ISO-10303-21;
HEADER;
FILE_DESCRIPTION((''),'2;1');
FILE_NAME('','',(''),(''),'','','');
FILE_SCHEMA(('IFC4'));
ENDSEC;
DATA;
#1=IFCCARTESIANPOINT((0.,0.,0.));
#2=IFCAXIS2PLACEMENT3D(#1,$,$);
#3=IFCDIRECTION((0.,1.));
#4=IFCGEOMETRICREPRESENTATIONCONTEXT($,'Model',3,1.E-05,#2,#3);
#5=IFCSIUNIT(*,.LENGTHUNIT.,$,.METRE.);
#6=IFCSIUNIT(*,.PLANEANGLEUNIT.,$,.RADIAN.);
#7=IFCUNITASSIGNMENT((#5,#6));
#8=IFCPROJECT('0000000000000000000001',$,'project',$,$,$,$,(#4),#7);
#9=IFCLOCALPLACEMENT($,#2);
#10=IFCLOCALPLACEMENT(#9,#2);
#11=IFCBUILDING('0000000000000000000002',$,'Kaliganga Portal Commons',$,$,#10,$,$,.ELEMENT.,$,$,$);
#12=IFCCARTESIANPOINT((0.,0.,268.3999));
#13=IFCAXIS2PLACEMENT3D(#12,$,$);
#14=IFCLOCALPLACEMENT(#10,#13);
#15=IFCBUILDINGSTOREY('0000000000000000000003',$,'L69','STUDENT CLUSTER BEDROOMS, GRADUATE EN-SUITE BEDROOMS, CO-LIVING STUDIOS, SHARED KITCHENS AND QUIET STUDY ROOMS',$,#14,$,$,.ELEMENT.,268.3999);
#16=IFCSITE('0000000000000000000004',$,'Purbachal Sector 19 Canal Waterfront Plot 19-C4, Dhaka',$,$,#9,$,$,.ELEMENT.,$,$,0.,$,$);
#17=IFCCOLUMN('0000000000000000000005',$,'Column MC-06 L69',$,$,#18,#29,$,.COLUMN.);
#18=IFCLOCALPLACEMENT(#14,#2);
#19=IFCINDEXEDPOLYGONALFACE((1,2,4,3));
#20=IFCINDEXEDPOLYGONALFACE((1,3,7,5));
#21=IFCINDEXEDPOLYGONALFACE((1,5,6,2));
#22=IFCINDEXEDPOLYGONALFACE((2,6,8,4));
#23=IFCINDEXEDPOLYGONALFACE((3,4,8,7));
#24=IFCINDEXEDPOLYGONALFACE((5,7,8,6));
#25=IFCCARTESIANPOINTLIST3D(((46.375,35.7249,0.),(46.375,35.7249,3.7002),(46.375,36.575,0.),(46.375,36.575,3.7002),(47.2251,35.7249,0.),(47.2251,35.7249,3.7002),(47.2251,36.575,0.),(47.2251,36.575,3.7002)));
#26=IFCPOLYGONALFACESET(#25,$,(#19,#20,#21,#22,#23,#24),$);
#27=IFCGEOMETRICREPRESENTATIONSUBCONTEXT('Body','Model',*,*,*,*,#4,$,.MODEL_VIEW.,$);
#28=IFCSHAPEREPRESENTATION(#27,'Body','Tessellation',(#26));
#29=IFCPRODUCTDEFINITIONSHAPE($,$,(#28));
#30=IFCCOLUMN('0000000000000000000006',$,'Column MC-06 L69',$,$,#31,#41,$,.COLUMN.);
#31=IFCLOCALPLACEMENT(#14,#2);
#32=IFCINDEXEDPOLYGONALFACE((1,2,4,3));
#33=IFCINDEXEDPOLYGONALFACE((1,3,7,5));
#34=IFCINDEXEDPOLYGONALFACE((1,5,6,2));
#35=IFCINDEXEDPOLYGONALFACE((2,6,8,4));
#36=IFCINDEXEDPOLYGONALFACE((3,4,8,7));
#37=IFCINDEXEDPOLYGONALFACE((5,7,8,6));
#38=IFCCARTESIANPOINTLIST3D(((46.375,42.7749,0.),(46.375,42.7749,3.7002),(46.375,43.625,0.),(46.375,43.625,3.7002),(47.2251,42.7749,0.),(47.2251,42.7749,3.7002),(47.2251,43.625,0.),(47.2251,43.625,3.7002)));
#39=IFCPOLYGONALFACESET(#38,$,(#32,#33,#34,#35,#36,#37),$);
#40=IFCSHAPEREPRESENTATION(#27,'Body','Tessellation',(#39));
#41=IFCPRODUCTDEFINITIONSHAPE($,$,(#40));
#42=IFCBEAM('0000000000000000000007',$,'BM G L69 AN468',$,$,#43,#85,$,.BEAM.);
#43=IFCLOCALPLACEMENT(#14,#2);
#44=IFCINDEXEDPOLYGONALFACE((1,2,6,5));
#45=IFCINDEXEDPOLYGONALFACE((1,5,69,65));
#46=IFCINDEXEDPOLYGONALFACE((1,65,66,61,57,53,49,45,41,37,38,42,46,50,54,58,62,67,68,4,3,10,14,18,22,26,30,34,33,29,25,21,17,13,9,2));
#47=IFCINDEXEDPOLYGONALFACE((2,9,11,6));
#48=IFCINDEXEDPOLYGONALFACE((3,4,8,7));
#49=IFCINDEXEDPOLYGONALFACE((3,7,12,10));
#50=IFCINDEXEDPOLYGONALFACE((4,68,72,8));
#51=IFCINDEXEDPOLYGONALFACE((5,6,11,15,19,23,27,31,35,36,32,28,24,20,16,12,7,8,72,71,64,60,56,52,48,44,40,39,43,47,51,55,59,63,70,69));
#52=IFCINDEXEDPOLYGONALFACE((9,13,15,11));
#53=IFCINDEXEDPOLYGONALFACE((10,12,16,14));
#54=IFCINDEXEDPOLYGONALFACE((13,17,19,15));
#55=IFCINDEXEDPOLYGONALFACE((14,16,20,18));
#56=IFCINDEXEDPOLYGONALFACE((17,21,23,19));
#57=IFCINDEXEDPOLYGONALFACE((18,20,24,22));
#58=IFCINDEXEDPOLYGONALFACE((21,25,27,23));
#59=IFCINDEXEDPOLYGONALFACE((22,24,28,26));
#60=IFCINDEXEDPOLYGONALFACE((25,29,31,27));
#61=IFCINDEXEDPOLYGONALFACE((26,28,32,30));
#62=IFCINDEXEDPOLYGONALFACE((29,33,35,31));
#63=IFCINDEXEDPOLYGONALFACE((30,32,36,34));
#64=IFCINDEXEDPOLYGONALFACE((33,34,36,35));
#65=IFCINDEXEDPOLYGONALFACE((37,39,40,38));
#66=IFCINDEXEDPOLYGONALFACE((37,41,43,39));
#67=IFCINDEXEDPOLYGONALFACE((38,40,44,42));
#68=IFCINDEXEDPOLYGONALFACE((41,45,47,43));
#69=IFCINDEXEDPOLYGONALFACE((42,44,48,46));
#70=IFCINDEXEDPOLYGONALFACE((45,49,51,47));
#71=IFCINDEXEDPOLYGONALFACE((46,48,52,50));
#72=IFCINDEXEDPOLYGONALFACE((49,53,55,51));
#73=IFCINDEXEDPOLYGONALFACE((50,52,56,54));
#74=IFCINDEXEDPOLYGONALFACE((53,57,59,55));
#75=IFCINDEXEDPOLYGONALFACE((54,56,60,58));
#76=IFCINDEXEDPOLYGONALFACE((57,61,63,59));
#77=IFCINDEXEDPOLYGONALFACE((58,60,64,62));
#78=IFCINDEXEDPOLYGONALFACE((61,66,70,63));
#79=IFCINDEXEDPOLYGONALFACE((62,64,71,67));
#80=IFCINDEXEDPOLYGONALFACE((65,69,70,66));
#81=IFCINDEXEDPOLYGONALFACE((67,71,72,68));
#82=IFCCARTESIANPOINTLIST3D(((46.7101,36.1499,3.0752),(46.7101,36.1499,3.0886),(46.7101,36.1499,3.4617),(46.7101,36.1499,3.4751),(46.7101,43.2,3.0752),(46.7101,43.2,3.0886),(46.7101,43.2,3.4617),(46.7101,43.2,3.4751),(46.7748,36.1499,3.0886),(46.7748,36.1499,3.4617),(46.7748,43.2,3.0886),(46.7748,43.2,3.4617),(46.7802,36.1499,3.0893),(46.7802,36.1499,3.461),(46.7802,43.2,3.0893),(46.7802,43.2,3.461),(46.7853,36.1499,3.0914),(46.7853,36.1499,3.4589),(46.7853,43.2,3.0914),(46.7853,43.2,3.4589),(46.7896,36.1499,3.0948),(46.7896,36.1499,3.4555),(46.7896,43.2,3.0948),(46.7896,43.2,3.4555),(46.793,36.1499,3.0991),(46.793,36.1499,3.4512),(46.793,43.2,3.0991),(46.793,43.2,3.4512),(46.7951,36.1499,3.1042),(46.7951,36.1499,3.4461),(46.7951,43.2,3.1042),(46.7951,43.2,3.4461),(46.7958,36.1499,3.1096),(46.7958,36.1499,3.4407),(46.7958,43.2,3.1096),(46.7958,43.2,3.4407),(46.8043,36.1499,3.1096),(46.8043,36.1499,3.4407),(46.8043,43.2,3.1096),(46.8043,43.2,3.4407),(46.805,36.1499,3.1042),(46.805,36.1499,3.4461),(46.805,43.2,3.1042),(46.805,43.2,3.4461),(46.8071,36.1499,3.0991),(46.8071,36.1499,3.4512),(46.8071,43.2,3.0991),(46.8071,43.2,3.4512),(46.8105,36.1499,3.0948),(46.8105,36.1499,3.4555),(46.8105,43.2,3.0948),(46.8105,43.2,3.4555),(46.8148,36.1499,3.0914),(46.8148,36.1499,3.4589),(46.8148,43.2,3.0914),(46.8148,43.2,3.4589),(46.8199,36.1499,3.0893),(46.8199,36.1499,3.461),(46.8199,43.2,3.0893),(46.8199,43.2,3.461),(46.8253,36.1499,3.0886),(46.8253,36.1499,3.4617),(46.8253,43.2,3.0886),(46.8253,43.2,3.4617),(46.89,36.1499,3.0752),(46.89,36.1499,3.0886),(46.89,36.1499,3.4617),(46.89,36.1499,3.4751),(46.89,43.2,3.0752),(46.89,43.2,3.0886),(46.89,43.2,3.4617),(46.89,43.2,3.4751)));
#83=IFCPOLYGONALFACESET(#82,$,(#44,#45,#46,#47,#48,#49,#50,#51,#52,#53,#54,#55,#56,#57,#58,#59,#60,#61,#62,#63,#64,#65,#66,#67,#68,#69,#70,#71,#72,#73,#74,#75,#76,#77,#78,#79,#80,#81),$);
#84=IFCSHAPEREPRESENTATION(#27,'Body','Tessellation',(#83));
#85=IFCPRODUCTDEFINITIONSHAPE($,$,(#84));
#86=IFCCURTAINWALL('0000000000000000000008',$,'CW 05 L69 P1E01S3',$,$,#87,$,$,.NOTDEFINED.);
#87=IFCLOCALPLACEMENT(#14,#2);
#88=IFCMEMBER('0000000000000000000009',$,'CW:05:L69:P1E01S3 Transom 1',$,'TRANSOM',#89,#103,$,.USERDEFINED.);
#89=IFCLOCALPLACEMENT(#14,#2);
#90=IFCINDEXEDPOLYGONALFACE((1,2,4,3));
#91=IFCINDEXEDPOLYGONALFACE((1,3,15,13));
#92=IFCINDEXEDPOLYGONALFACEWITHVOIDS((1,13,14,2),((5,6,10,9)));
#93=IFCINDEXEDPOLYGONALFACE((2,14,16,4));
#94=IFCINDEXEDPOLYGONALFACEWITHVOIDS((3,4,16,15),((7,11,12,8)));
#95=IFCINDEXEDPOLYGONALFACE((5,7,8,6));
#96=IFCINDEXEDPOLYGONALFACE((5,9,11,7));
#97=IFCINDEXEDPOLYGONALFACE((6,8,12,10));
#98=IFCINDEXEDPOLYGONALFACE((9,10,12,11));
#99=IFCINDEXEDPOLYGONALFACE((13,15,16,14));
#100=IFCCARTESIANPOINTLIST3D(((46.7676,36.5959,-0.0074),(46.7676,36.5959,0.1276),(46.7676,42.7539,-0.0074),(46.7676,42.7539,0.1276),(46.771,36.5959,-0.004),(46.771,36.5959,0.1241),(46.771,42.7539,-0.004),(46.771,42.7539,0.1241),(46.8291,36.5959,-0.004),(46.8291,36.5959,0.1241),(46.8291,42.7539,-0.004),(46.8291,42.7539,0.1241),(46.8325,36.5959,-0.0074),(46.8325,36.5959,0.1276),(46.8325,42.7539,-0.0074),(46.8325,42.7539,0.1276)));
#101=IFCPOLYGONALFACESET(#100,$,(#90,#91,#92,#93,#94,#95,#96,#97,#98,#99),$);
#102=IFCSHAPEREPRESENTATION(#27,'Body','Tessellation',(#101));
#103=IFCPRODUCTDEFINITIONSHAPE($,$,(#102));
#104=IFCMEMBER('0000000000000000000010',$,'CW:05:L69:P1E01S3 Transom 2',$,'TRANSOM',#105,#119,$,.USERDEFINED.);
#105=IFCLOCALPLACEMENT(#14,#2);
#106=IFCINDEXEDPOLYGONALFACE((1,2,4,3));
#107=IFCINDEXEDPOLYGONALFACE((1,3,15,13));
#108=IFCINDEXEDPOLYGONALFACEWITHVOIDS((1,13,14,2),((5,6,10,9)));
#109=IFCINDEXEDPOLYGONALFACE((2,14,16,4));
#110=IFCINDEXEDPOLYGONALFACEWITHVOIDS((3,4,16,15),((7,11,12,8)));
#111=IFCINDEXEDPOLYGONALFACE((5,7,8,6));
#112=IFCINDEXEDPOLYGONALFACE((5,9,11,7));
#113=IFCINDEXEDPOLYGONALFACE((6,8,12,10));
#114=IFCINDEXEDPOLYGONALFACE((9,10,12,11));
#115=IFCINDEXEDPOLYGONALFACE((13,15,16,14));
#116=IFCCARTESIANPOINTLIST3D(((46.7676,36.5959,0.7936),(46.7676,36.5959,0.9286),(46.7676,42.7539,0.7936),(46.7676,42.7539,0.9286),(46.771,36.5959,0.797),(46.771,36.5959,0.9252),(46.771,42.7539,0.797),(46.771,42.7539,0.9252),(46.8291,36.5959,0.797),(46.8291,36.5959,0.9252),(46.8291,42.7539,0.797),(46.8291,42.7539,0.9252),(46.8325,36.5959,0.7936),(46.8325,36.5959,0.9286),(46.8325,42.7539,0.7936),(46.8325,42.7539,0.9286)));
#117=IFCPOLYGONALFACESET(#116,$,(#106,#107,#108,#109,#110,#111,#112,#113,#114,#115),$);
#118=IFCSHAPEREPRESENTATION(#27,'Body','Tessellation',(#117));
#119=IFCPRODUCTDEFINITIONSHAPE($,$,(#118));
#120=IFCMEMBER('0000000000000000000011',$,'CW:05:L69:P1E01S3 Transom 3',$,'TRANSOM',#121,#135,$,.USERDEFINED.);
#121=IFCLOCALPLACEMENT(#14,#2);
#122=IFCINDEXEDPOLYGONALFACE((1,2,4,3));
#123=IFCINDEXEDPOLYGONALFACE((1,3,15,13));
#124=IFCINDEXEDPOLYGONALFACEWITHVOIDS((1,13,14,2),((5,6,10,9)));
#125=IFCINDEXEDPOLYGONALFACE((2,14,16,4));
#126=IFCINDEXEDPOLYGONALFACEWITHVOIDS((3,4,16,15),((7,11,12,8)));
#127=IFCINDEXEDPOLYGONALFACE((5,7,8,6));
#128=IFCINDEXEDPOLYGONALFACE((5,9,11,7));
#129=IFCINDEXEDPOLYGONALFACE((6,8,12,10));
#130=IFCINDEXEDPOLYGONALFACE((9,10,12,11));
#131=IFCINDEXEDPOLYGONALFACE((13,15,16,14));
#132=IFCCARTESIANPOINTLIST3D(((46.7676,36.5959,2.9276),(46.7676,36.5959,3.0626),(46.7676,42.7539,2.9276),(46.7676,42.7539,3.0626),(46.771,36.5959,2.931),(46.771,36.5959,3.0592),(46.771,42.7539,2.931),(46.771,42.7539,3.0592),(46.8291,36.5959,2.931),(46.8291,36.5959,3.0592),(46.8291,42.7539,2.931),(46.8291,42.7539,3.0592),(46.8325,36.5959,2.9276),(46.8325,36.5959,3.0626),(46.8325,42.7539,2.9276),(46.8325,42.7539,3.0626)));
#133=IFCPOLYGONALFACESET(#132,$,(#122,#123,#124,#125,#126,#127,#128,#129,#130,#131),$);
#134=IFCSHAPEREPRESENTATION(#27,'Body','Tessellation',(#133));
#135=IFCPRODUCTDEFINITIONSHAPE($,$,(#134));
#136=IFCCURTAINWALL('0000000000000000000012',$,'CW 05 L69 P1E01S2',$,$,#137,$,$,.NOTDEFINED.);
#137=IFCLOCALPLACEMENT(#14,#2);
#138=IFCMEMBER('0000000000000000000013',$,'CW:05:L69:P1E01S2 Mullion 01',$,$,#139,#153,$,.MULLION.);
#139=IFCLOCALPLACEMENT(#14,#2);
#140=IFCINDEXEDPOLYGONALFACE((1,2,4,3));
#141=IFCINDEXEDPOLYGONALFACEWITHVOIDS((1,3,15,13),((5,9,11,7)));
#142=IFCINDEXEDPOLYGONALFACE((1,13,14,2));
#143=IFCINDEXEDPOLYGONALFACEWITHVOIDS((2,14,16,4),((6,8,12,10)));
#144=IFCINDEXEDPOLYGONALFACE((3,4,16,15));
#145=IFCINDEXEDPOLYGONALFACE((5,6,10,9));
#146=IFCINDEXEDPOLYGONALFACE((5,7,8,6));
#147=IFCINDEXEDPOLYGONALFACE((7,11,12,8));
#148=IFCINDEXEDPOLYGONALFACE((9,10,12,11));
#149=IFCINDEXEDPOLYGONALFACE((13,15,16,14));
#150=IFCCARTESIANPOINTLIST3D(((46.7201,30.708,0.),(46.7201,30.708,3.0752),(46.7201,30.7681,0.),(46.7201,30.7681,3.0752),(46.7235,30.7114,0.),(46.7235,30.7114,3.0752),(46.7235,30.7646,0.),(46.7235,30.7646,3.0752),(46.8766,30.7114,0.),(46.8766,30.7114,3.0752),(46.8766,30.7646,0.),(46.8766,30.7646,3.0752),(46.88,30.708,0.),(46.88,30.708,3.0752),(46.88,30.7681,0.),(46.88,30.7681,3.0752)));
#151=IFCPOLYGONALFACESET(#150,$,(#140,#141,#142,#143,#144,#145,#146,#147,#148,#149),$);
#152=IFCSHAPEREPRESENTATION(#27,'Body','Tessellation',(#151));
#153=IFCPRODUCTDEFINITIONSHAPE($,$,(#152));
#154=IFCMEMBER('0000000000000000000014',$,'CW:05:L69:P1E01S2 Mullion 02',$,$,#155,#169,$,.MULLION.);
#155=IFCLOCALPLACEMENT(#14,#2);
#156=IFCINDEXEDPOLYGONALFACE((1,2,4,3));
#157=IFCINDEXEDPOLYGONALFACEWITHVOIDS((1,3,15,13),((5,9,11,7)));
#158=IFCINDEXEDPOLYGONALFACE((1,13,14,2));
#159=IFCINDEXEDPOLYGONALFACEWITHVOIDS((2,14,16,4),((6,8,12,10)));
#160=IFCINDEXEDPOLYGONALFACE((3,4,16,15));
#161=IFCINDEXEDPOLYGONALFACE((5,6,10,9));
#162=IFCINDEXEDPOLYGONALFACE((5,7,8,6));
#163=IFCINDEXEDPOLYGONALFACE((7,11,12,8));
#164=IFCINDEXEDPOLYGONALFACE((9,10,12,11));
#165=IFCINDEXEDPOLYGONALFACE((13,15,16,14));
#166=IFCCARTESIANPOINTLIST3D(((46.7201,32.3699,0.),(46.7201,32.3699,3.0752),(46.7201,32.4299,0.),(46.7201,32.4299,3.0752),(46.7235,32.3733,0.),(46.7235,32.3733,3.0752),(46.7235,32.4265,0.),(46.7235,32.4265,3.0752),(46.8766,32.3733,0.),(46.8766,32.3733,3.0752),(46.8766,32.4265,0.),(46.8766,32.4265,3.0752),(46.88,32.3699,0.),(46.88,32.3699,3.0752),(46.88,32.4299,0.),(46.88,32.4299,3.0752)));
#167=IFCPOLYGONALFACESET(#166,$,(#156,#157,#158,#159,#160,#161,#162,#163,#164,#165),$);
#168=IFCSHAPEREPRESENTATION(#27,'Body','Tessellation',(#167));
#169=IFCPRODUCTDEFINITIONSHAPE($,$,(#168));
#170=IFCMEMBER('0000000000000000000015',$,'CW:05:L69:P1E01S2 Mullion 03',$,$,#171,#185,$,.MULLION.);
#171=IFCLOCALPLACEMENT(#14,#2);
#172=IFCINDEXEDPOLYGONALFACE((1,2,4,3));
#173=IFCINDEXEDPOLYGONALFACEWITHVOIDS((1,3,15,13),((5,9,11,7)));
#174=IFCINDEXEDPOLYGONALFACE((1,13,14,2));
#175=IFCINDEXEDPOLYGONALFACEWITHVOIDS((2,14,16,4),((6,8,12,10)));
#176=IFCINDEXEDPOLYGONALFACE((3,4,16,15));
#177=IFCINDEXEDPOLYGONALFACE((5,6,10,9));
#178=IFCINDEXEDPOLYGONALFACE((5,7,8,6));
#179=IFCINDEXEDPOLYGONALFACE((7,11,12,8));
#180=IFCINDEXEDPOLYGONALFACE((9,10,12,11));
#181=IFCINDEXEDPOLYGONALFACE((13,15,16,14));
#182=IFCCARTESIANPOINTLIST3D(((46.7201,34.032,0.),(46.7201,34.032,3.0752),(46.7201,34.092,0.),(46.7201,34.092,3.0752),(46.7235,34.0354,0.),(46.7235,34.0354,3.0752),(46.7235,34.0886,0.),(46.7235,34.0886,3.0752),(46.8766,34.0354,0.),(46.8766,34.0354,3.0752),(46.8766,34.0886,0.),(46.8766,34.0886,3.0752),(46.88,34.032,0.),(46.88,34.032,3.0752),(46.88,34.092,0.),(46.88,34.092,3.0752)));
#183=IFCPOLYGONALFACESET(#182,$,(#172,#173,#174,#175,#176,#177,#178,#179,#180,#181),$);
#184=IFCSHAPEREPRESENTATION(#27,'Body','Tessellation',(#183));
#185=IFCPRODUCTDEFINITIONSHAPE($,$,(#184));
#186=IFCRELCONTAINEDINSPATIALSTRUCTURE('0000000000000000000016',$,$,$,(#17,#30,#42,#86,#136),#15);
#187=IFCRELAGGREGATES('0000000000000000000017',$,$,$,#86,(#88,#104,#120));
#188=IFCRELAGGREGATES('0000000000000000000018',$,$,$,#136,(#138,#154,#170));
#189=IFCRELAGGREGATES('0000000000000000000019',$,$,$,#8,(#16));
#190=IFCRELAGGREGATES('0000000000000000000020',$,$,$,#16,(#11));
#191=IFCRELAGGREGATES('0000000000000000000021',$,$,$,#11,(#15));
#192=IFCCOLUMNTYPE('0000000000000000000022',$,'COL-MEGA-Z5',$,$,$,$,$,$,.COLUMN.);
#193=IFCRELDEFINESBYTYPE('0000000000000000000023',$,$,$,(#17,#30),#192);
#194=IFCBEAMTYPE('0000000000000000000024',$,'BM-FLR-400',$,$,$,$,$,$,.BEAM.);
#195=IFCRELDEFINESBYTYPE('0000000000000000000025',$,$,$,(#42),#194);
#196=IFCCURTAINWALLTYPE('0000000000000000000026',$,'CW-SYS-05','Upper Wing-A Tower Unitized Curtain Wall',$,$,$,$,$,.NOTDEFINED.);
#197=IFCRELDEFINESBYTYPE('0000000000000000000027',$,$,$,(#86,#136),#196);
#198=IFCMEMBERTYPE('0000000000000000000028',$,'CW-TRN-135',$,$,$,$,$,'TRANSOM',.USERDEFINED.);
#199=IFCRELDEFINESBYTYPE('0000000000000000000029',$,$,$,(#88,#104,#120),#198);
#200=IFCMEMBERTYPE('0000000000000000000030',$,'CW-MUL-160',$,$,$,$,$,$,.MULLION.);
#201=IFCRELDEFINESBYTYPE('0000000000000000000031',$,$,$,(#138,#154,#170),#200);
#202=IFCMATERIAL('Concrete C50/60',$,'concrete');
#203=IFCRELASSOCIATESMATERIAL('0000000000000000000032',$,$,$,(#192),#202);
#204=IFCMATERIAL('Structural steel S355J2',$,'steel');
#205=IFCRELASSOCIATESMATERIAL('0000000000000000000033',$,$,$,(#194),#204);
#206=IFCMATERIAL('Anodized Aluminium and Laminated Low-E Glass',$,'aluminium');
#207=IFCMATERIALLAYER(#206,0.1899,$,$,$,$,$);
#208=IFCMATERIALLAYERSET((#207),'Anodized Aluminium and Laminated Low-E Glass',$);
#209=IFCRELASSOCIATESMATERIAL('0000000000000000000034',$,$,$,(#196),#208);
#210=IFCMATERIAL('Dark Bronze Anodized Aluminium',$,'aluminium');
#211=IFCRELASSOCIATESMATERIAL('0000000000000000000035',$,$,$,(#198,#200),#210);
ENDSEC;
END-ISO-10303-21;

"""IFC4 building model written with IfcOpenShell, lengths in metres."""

from ifc_helpers import new_model, si_unit, direction, frame, origin, origin_2d, place, context, subcontext, project, spatial, rectangle, hollow_rectangle, i_section, extrude, source, transform, mapped, material, layer, layer_set, material_profile, profile_set, type_object, element, aggregate, save


model = new_model("IFC4")

# Units and contexts
model_context = context("Model", 3, precision=1e-05, world=origin(), true_north=direction((0.0, 1.0)))
body_context = subcontext(model_context, "Body", "Model", "MODEL_VIEW")
ifc_project = project(units=[si_unit("LENGTHUNIT", "METRE"), si_unit("PLANEANGLEUNIT", "RADIAN")], contexts=[model_context])

# Site, building, storey
site_placement = place(None, origin())
site = spatial("IfcSite", under=ifc_project, at=site_placement, Name="Purbachal Sector 19 Canal Waterfront Plot 19-C4, Dhaka", CompositionType="ELEMENT", RefElevation=0.0)
building_placement = place(site_placement, origin())
building = spatial("IfcBuilding", under=site, at=building_placement, Name="Kaliganga Portal Commons", CompositionType="ELEMENT")
storey_placement = place(building_placement, frame((0.0, 0.0, 268.3999)))
storey = spatial("IfcBuildingStorey", under=building, at=storey_placement, Name="L69", Description="STUDENT CLUSTER BEDROOMS, GRADUATE EN-SUITE BEDROOMS, CO-LIVING STUDIOS, SHARED KITCHENS AND QUIET STUDY ROOMS", CompositionType="ELEMENT", Elevation=268.3999)

# Columns
ifc_material_1 = material(Name="Concrete C50/60", Category="concrete")
ifc_material_profile_1 = material_profile(ifc_material_1, rectangle(XDim=0.8501, YDim=0.8501, at=origin_2d()), Name="RC 850x850")
ifc_profile_set_1 = profile_set([ifc_material_profile_1], Name="Concrete C50/60")
column_type = type_object("IfcColumnType", Name="COL-MEGA-Z5", PredefinedType="COLUMN", material=ifc_profile_set_1)
shared_shape_1 = source(origin(), body_context, "Body", "SweptSolid", [
    extrude(rectangle(XDim=0.8501, YDim=0.8501, at=origin_2d()), origin(), (0.0, 0.0, 1.0), 3.7002),
])
for number, where, z_axis, x_axis, name in (
    (1, (46.8, 36.1499, 0.0), (0.0, 0.0, 1.0), (1.0, 0.0, 0.0), "Column MC-06 L69"),
    (2, (46.8, 43.2, 0.0), (0.0, 0.0, 1.0), (1.0, 0.0, 0.0), "Column MC-06 L69"),
):
    element("IfcColumn", number, at=place(storey_placement, frame(where, z_axis=z_axis, x_axis=x_axis)), inside=storey, type_object=column_type, Name=name, PredefinedType="COLUMN", context=body_context, shape_type="MappedRepresentation", body=[
        mapped(shared_shape_1, transform((0.0, 0.0, 0.0), x_axis=(1.0, 0.0, 0.0), y_axis=(0.0, 1.0, 0.0), z_axis=(0.0, 0.0, 1.0), scale=1.0)),
    ])

# Beam
ifc_material_2 = material(Name="Structural steel S355J2", Category="steel")
ifc_material_profile_2 = material_profile(ifc_material_2, i_section(OverallWidth=0.1799, OverallDepth=0.3999, WebThickness=0.0085, FlangeThickness=0.0134, FilletRadius=0.021, at=origin_2d()), Name="IPE 400")
ifc_profile_set_2 = profile_set([ifc_material_profile_2], Name="Structural steel S355J2 wide-flange")
beam_type = type_object("IfcBeamType", Name="BM-FLR-400", PredefinedType="BEAM", material=ifc_profile_set_2)
shared_shape_2 = source(origin(), body_context, "Body", "SweptSolid", [
    extrude(i_section(OverallWidth=0.1799, OverallDepth=0.3999, WebThickness=0.0085, FlangeThickness=0.0134, FilletRadius=0.021, at=origin_2d()), origin(), (0.0, 0.0, 1.0), 7.05),
])
beam_placement = place(storey_placement, frame((46.8, 36.1499, 3.2751), z_axis=(0.0, 1.0, 0.0), x_axis=(-1.0, 0.0, 0.0)))
element("IfcBeam", 3, at=beam_placement, inside=storey, type_object=beam_type, Name="BM G L69 AN468", PredefinedType="BEAM", context=body_context, shape_type="MappedRepresentation", body=[
    mapped(shared_shape_2, transform((0.0, 0.0, 0.0), x_axis=(1.0, 0.0, 0.0), y_axis=(0.0, 1.0, 0.0), z_axis=(0.0, 0.0, 1.0), scale=1.0)),
])

# Curtain walls, members
ifc_material_3 = material(Name="Anodized Aluminium and Laminated Low-E Glass", Category="aluminium")
ifc_layer_1 = layer(ifc_material_3, 0.1899)
ifc_layer_set_1 = layer_set([ifc_layer_1], Name="Anodized Aluminium and Laminated Low-E Glass")
curtain_wall_type = type_object("IfcCurtainWallType", Name="CW-SYS-05", Description="Upper Wing-A Tower Unitized Curtain Wall", PredefinedType="NOTDEFINED", material=ifc_layer_set_1)
curtain_wall_1_placement = place(storey_placement, origin())
curtain_wall_1 = element("IfcCurtainWall", 4, at=curtain_wall_1_placement, inside=storey, type_object=curtain_wall_type, Name="CW 05 L69 P1E01S3", PredefinedType="NOTDEFINED")
ifc_material_4 = material(Name="Dark Bronze Anodized Aluminium", Category="aluminium")
ifc_material_profile_3 = material_profile(ifc_material_4, hollow_rectangle(XDim=0.0649, YDim=0.135, WallThickness=0.0034, at=origin_2d()), Name="ALU TRAN 65x135x3.5")
ifc_profile_set_3 = profile_set([ifc_material_profile_3], Name="Dark Bronze Anodized Aluminium")
member_type_1 = type_object("IfcMemberType", Name="CW-TRN-135", ElementType="TRANSOM", PredefinedType="USERDEFINED", material=ifc_profile_set_3)
shared_shape_3 = source(origin(), body_context, "Body", "SweptSolid", [
    extrude(hollow_rectangle(XDim=0.0649, YDim=0.135, WallThickness=0.0034, at=origin_2d()), origin(), (0.0, 0.0, 1.0), 6.158),
])
member_1_placement = place(storey_placement, frame((46.8, 36.5959, 0.0601), z_axis=(0.0, 1.0, 0.0), x_axis=(-1.0, 0.0, 0.0)))
member_1 = element("IfcMember", 5, at=member_1_placement, type_object=member_type_1, Name="CW:05:L69:P1E01S3 Transom 1", ObjectType="TRANSOM", PredefinedType="USERDEFINED", context=body_context, shape_type="MappedRepresentation", body=[
    mapped(shared_shape_3, transform((0.0, 0.0, 0.0), x_axis=(1.0, 0.0, 0.0), y_axis=(0.0, 1.0, 0.0), z_axis=(0.0, 0.0, 1.0), scale=1.0)),
])
member_2_placement = place(storey_placement, frame((46.8, 36.5959, 0.8611), z_axis=(0.0, 1.0, 0.0), x_axis=(-1.0, 0.0, 0.0)))
member_2 = element("IfcMember", 6, at=member_2_placement, type_object=member_type_1, Name="CW:05:L69:P1E01S3 Transom 2", ObjectType="TRANSOM", PredefinedType="USERDEFINED", context=body_context, shape_type="MappedRepresentation", body=[
    mapped(shared_shape_3, transform((0.0, 0.0, 0.0), x_axis=(1.0, 0.0, 0.0), y_axis=(0.0, 1.0, 0.0), z_axis=(0.0, 0.0, 1.0), scale=1.0)),
])
member_3_placement = place(storey_placement, frame((46.8, 36.5959, 2.9951), z_axis=(0.0, 1.0, 0.0), x_axis=(-1.0, 0.0, 0.0)))
member_3 = element("IfcMember", 7, at=member_3_placement, type_object=member_type_1, Name="CW:05:L69:P1E01S3 Transom 3", ObjectType="TRANSOM", PredefinedType="USERDEFINED", context=body_context, shape_type="MappedRepresentation", body=[
    mapped(shared_shape_3, transform((0.0, 0.0, 0.0), x_axis=(1.0, 0.0, 0.0), y_axis=(0.0, 1.0, 0.0), z_axis=(0.0, 0.0, 1.0), scale=1.0)),
])
curtain_wall_2_placement = place(storey_placement, origin())
curtain_wall_2 = element("IfcCurtainWall", 8, at=curtain_wall_2_placement, inside=storey, type_object=curtain_wall_type, Name="CW 05 L69 P1E01S2", PredefinedType="NOTDEFINED")
ifc_material_profile_4 = material_profile(ifc_material_4, hollow_rectangle(XDim=0.0601, YDim=0.1599, WallThickness=0.0034, at=origin_2d()), Name="ALU MULL 60x160x3.5")
ifc_profile_set_4 = profile_set([ifc_material_profile_4], Name="Dark Bronze Anodized Aluminium")
member_type_2 = type_object("IfcMemberType", Name="CW-MUL-160", PredefinedType="MULLION", material=ifc_profile_set_4)
shared_shape_4 = source(origin(), body_context, "Body", "SweptSolid", [
    extrude(hollow_rectangle(XDim=0.0601, YDim=0.1599, WallThickness=0.0034, at=origin_2d()), origin(), (0.0, 0.0, 1.0), 3.0752),
])
member_4_placement = place(storey_placement, frame((46.8, 30.738, 0.0), z_axis=(0.0, 0.0, 1.0), x_axis=(0.0, 1.0, 0.0)))
member_4 = element("IfcMember", 9, at=member_4_placement, type_object=member_type_2, Name="CW:05:L69:P1E01S2 Mullion 01", PredefinedType="MULLION", context=body_context, shape_type="MappedRepresentation", body=[
    mapped(shared_shape_4, transform((0.0, 0.0, 0.0), x_axis=(1.0, 0.0, 0.0), y_axis=(0.0, 1.0, 0.0), z_axis=(0.0, 0.0, 1.0), scale=1.0)),
])
member_5_placement = place(storey_placement, frame((46.8, 32.3999, 0.0), z_axis=(0.0, 0.0, 1.0), x_axis=(0.0, 1.0, 0.0)))
member_5 = element("IfcMember", 10, at=member_5_placement, type_object=member_type_2, Name="CW:05:L69:P1E01S2 Mullion 02", PredefinedType="MULLION", context=body_context, shape_type="MappedRepresentation", body=[
    mapped(shared_shape_4, transform((0.0, 0.0, 0.0), x_axis=(1.0, 0.0, 0.0), y_axis=(0.0, 1.0, 0.0), z_axis=(0.0, 0.0, 1.0), scale=1.0)),
])
member_6_placement = place(storey_placement, frame((46.8, 34.062, 0.0), z_axis=(0.0, 0.0, 1.0), x_axis=(0.0, 1.0, 0.0)))
member_6 = element("IfcMember", 11, at=member_6_placement, type_object=member_type_2, Name="CW:05:L69:P1E01S2 Mullion 03", PredefinedType="MULLION", context=body_context, shape_type="MappedRepresentation", body=[
    mapped(shared_shape_4, transform((0.0, 0.0, 0.0), x_axis=(1.0, 0.0, 0.0), y_axis=(0.0, 1.0, 0.0), z_axis=(0.0, 0.0, 1.0), scale=1.0)),
])

aggregate(curtain_wall_1, [member_1, member_2, member_3])
aggregate(curtain_wall_2, [member_4, member_5, member_6])

save(model, "model.ifc")
